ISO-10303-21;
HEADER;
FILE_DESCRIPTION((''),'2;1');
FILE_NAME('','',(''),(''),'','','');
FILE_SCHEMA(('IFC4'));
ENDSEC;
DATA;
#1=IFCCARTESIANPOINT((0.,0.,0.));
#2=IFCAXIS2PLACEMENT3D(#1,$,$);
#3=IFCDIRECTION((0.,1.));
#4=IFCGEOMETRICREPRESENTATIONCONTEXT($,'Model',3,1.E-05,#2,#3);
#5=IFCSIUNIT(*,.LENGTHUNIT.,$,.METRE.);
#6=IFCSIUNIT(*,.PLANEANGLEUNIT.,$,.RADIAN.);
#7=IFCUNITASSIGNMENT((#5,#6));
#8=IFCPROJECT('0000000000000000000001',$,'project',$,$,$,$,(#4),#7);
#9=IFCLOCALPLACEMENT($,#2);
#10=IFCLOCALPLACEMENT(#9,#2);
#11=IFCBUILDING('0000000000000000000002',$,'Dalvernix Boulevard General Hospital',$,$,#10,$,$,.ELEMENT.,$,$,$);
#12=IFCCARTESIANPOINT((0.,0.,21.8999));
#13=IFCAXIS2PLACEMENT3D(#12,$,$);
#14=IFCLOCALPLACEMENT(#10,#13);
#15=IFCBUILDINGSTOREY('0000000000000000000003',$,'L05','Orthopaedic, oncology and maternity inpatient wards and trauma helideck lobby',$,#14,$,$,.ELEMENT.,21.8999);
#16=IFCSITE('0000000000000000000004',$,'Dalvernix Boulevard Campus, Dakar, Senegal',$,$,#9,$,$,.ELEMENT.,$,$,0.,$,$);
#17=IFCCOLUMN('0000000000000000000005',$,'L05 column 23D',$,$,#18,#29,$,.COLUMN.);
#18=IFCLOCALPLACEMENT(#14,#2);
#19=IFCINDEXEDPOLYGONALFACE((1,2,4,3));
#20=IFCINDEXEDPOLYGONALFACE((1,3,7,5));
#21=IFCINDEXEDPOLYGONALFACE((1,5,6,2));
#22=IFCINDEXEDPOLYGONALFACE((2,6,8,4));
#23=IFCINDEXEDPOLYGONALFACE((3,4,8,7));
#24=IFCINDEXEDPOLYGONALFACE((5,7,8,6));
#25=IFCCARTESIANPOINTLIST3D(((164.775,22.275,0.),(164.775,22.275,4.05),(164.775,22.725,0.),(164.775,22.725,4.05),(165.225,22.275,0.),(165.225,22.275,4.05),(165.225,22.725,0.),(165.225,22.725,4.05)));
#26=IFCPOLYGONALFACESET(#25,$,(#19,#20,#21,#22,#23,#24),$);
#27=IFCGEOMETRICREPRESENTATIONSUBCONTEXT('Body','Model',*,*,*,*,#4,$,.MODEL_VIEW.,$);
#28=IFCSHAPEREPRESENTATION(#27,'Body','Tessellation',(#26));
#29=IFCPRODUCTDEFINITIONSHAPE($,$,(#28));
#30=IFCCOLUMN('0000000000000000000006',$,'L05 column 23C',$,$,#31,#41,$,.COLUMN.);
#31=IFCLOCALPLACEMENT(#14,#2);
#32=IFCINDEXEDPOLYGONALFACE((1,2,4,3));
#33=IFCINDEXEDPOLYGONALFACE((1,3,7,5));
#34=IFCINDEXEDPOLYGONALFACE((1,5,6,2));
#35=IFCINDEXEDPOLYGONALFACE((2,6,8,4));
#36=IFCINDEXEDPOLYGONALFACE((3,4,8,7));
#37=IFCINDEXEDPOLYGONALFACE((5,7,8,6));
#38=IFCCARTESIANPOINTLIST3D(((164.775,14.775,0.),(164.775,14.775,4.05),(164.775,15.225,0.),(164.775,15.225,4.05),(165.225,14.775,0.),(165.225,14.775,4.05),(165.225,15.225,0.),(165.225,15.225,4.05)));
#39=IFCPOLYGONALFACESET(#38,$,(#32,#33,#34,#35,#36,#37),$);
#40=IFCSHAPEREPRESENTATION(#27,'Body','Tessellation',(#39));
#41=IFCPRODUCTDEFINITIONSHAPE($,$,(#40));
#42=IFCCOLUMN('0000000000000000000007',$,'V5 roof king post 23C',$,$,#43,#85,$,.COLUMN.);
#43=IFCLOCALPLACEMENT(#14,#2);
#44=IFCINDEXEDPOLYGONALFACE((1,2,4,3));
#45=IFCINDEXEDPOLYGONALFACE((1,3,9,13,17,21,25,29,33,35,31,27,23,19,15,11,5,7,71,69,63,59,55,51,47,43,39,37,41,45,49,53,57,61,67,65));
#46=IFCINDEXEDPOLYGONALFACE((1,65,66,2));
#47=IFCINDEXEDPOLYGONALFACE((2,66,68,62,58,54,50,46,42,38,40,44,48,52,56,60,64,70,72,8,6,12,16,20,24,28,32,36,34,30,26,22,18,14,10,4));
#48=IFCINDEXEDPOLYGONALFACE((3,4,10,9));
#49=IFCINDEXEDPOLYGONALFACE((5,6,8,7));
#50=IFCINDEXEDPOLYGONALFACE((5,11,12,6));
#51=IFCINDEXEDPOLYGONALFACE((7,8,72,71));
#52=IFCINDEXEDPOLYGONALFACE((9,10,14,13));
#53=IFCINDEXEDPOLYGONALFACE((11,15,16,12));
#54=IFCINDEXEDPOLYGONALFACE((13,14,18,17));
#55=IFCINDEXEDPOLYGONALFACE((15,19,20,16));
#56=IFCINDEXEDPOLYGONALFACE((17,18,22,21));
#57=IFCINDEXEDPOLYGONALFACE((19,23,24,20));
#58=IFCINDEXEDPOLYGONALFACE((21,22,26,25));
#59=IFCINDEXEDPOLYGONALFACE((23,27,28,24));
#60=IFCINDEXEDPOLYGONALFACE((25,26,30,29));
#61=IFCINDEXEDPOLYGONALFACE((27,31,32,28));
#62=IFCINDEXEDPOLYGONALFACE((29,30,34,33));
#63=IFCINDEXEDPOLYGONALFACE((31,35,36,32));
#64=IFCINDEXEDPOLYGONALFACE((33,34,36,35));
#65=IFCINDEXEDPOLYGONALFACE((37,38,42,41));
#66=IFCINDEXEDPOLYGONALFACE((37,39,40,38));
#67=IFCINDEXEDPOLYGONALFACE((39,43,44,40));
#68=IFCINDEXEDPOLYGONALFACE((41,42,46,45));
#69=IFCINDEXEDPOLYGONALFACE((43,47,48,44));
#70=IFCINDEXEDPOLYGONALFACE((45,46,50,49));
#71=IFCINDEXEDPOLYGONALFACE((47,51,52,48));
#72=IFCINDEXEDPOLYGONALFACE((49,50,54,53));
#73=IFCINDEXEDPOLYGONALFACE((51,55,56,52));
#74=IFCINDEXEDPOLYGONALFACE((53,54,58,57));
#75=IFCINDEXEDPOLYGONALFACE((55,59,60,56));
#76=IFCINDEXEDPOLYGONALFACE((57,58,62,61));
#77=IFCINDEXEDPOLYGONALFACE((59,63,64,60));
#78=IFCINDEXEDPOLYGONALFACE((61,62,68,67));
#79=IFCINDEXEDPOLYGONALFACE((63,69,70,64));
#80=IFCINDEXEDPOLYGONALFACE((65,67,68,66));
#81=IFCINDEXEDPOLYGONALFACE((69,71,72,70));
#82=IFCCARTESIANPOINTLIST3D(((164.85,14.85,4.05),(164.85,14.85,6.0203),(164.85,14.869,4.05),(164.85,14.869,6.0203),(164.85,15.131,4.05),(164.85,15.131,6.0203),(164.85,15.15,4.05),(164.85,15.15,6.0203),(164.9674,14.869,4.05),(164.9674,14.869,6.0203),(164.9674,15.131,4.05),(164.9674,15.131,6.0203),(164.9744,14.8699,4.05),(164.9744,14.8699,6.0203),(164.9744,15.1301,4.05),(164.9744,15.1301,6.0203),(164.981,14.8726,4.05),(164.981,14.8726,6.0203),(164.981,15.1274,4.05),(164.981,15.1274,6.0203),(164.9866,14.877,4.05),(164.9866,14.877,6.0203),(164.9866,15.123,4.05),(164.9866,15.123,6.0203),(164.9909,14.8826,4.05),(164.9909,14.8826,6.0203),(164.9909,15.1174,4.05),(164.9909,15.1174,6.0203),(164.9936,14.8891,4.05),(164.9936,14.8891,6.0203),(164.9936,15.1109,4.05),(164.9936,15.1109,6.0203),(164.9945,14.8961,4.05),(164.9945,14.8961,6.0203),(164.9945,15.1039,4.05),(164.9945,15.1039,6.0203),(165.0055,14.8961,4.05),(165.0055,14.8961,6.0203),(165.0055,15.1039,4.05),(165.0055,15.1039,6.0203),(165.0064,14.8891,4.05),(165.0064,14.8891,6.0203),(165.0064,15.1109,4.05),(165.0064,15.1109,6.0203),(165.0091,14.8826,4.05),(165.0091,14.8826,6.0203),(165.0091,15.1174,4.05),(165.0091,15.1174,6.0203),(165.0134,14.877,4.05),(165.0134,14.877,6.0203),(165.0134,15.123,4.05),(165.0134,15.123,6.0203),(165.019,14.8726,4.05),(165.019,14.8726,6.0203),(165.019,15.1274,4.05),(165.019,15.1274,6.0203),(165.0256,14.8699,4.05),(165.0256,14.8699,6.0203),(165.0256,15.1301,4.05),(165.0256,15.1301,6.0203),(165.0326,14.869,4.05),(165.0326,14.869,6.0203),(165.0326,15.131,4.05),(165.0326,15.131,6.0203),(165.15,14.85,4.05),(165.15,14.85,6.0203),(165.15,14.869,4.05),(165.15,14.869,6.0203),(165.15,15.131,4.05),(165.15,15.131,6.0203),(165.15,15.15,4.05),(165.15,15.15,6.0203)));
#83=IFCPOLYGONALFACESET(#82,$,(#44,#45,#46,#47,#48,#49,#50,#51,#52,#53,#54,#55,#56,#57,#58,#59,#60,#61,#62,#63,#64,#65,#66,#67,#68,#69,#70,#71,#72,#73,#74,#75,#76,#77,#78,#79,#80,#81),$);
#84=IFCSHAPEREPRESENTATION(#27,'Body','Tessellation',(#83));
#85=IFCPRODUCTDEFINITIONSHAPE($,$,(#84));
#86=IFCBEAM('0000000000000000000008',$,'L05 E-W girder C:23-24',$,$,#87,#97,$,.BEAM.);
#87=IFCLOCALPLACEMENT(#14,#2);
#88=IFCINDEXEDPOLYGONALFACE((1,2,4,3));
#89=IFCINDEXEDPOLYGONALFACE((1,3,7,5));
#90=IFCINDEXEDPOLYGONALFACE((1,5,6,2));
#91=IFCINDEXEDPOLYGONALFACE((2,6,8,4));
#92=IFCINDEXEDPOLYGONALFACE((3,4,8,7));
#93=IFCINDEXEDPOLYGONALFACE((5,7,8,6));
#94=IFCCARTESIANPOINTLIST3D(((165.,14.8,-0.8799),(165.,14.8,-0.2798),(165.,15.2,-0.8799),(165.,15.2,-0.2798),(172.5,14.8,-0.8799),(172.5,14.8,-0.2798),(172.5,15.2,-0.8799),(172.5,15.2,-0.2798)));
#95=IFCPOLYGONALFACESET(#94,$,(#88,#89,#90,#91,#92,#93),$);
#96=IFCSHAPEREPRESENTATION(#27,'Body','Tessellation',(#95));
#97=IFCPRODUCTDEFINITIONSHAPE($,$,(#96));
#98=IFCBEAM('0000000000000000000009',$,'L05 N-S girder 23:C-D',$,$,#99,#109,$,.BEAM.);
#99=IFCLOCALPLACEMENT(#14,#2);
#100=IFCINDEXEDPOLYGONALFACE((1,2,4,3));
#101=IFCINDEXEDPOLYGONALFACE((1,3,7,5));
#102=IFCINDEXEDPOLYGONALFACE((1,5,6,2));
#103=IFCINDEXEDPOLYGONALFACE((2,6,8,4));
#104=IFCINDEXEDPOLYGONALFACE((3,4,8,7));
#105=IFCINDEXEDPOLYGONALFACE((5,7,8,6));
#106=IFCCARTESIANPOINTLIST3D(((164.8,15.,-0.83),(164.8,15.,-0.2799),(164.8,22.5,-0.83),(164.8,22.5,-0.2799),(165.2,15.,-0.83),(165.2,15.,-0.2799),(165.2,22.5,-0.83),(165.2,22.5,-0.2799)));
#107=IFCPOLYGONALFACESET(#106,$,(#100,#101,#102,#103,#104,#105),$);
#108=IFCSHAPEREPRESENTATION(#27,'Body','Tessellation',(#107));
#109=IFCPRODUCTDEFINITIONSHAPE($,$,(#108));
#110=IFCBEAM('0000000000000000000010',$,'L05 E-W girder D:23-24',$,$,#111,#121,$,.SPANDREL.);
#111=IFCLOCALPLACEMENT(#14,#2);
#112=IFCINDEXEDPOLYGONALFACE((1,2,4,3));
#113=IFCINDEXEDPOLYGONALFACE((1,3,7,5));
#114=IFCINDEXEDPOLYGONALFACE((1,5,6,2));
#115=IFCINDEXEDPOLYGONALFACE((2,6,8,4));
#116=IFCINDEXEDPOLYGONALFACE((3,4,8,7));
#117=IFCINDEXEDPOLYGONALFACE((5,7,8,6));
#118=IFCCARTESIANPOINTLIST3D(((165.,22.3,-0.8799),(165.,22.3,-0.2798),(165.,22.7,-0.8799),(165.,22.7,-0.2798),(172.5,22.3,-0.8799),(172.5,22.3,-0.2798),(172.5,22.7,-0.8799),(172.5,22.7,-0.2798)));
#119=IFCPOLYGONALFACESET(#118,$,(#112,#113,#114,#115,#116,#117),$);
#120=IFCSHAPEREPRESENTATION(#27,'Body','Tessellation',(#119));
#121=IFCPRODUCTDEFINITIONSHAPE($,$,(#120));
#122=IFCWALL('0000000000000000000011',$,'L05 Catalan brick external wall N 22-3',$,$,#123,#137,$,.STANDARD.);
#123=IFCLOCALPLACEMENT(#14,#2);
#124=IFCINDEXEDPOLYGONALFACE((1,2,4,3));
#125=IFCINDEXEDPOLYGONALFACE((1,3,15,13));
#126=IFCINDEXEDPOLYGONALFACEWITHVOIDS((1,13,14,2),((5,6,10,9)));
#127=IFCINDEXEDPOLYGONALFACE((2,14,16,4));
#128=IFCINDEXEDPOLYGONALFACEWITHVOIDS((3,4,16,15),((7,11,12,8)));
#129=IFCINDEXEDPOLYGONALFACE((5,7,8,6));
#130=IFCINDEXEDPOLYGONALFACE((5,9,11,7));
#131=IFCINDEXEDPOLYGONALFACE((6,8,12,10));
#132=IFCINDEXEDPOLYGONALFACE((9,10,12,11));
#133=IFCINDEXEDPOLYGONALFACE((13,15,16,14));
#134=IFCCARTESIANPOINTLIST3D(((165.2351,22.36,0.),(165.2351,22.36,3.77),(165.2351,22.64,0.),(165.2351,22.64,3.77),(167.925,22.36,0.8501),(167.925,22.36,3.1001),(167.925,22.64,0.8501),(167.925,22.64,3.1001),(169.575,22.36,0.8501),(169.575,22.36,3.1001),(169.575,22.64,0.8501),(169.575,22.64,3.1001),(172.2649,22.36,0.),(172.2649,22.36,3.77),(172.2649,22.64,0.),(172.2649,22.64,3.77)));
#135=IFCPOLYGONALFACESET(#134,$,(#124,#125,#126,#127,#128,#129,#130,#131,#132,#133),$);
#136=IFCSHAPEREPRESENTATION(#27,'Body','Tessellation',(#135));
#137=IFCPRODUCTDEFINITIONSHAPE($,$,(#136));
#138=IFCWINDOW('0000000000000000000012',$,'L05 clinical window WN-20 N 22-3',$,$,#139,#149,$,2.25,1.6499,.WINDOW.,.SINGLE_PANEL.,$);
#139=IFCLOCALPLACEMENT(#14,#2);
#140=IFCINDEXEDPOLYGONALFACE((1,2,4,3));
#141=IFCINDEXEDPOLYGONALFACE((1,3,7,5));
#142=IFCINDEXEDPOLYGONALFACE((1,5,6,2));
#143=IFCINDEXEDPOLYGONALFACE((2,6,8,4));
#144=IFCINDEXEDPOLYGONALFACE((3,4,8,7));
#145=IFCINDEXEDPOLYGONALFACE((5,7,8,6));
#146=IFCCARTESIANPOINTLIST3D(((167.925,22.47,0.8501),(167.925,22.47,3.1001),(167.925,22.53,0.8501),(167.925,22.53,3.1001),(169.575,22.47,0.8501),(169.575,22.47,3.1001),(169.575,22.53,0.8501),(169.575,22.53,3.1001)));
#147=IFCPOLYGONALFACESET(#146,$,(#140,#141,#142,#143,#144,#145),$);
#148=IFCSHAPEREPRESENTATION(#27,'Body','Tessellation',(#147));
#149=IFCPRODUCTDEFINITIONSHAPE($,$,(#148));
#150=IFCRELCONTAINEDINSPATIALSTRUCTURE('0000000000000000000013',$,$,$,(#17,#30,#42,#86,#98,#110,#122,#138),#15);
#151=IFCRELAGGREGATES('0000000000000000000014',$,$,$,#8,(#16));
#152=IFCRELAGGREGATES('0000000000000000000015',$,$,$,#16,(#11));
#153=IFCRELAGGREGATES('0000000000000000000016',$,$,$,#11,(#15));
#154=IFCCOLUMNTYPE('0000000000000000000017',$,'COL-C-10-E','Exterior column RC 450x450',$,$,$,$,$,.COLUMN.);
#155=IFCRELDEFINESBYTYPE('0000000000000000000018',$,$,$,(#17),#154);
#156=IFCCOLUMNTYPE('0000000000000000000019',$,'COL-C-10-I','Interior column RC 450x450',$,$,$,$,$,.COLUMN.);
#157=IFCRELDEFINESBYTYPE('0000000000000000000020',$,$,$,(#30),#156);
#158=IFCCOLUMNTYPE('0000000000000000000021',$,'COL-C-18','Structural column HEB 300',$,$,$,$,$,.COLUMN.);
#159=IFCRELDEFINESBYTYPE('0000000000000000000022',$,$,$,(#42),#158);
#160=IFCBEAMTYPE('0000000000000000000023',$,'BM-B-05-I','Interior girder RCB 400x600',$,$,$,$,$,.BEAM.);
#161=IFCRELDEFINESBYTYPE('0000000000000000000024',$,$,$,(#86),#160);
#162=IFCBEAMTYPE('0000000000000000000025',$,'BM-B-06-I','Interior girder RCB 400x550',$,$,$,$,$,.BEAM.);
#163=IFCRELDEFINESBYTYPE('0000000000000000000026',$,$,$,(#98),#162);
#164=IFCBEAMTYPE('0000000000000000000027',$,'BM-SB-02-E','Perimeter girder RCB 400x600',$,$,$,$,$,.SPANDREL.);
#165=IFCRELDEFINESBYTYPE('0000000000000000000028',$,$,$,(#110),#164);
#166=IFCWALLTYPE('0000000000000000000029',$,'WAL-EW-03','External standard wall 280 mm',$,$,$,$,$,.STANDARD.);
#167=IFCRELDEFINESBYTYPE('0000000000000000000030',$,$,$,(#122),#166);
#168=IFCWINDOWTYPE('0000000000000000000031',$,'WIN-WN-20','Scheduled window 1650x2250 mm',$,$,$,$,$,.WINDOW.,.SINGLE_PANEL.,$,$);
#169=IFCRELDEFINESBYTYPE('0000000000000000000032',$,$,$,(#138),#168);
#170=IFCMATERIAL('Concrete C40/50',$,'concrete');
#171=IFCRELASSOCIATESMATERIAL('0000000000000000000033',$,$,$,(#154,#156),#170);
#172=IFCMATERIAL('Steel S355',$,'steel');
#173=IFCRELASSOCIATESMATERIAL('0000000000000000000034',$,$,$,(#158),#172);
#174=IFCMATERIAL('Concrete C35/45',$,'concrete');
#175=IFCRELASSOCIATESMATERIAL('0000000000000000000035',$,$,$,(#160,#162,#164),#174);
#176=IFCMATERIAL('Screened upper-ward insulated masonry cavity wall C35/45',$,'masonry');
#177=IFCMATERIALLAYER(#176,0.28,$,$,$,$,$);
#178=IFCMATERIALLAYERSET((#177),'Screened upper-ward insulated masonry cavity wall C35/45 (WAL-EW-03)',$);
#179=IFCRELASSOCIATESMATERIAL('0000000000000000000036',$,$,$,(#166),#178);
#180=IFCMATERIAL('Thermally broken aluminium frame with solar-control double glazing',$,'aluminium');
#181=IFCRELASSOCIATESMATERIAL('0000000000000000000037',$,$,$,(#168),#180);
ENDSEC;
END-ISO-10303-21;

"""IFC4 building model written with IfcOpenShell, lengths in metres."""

from ifc_helpers import new_model, si_unit, direction, frame, frame_2d, origin, origin_2d, place, context, subcontext, project, spatial, rectangle, i_section, extrude, material, layer, layer_set, material_profile, profile_set, type_object, element, fill, save


model = new_model("IFC4")

# Units and contexts
model_context = context("Model", 3, precision=1e-05, world=origin(), true_north=direction((0.0, 1.0)))
body_context = subcontext(model_context, "Body", "Model", "MODEL_VIEW")
ifc_project = project(units=[si_unit("LENGTHUNIT", "METRE"), si_unit("PLANEANGLEUNIT", "RADIAN")], contexts=[model_context])

# Site, building, storey
site_placement = place(None, origin())
site = spatial("IfcSite", under=ifc_project, at=site_placement, Name="Dalvernix Boulevard Campus, Dakar, Senegal", CompositionType="ELEMENT", RefElevation=0.0)
building_placement = place(site_placement, origin())
building = spatial("IfcBuilding", under=site, at=building_placement, Name="Dalvernix Boulevard General Hospital", CompositionType="ELEMENT")
storey_placement = place(building_placement, frame((0.0, 0.0, 21.8999)))
storey = spatial("IfcBuildingStorey", under=building, at=storey_placement, Name="L05", Description="Orthopaedic, oncology and maternity inpatient wards and trauma helideck lobby", CompositionType="ELEMENT", Elevation=21.8999)

# Columns
ifc_material_1 = material(Name="Concrete C40/50", Category="concrete")
ifc_material_profile_1 = material_profile(ifc_material_1, rectangle(XDim=0.45, YDim=0.45, at=origin_2d()), Name="RC 450x450")
ifc_profile_set_1 = profile_set([ifc_material_profile_1], Name="Concrete C40/50")
column_type_1 = type_object("IfcColumnType", Name="COL-C-10-E", Description="Exterior column RC 450x450", PredefinedType="COLUMN", material=ifc_profile_set_1)
column_1_placement = place(storey_placement, frame((165.0, 22.5, 0.0), z_axis=(0.0, 0.0, 1.0), x_axis=(1.0, 0.0, 0.0)))
element("IfcColumn", 1, at=column_1_placement, inside=storey, type_object=column_type_1, Name="L05 column 23D", PredefinedType="COLUMN", context=body_context, shape_type="SweptSolid", body=[
    extrude(rectangle(XDim=0.45, YDim=0.45, at=origin_2d()), origin(), (0.0, 0.0, 1.0), 4.05),
])
ifc_material_profile_2 = material_profile(ifc_material_1, rectangle(XDim=0.45, YDim=0.45, at=origin_2d()), Name="RC 450x450")
ifc_profile_set_2 = profile_set([ifc_material_profile_2], Name="Concrete C40/50")
column_type_2 = type_object("IfcColumnType", Name="COL-C-10-I", Description="Interior column RC 450x450", PredefinedType="COLUMN", material=ifc_profile_set_2)
column_2_placement = place(storey_placement, frame((165.0, 15.0, 0.0), z_axis=(0.0, 0.0, 1.0), x_axis=(1.0, 0.0, 0.0)))
element("IfcColumn", 2, at=column_2_placement, inside=storey, type_object=column_type_2, Name="L05 column 23C", PredefinedType="COLUMN", context=body_context, shape_type="SweptSolid", body=[
    extrude(rectangle(XDim=0.45, YDim=0.45, at=origin_2d()), origin(), (0.0, 0.0, 1.0), 4.05),
])
ifc_material_2 = material(Name="Steel S355", Category="steel")
ifc_material_profile_3 = material_profile(ifc_material_2, i_section(OverallWidth=0.3, OverallDepth=0.3, WebThickness=0.011, FlangeThickness=0.019, FilletRadius=0.0271, at=origin_2d()), Name="HEB 300")
ifc_profile_set_3 = profile_set([ifc_material_profile_3], Name="Steel S355")
column_type_3 = type_object("IfcColumnType", Name="COL-C-18", Description="Structural column HEB 300", PredefinedType="COLUMN", material=ifc_profile_set_3)
column_3_placement = place(storey_placement, frame((165.0, 15.0, 4.05), z_axis=(0.0, 0.0, 1.0), x_axis=(1.0, 0.0, 0.0)))
element("IfcColumn", 3, at=column_3_placement, inside=storey, type_object=column_type_3, Name="V5 roof king post 23C", PredefinedType="COLUMN", context=body_context, shape_type="SweptSolid", body=[
    extrude(i_section(OverallWidth=0.3, OverallDepth=0.3, WebThickness=0.011, FlangeThickness=0.019, FilletRadius=0.0271, at=origin_2d()), origin(), (0.0, 0.0, 1.0), 1.9702),
])

# Beams
ifc_material_3 = material(Name="Concrete C35/45", Category="concrete")
ifc_material_profile_4 = material_profile(ifc_material_3, rectangle(XDim=0.3999, YDim=0.6001, at=origin_2d()), Name="RCB 400x600")
ifc_profile_set_4 = profile_set([ifc_material_profile_4], Name="Concrete C35/45")
beam_type_1 = type_object("IfcBeamType", Name="BM-B-05-I", Description="Interior girder RCB 400x600", PredefinedType="BEAM", material=ifc_profile_set_4)
beam_1_placement = place(storey_placement, frame((165.0, 15.0, -0.5798), z_axis=(1.0, 0.0, 0.0), x_axis=(0.0, 1.0, 0.0)))
element("IfcBeam", 4, at=beam_1_placement, inside=storey, type_object=beam_type_1, Name="L05 E-W girder C:23-24", PredefinedType="BEAM", context=body_context, shape_type="SweptSolid", body=[
    extrude(rectangle(XDim=0.3999, YDim=0.6001, at=origin_2d()), origin(), (0.0, 0.0, 1.0), 7.5),
])
ifc_material_profile_5 = material_profile(ifc_material_3, rectangle(XDim=0.3999, YDim=0.55, at=origin_2d()), Name="RCB 400x550")
ifc_profile_set_5 = profile_set([ifc_material_profile_5], Name="Concrete C35/45")
beam_type_2 = type_object("IfcBeamType", Name="BM-B-06-I", Description="Interior girder RCB 400x550", PredefinedType="BEAM", material=ifc_profile_set_5)
beam_2_placement = place(storey_placement, frame((165.0, 15.0, -0.5549), z_axis=(0.0, 1.0, 0.0), x_axis=(-1.0, 0.0, 0.0)))
element("IfcBeam", 5, at=beam_2_placement, inside=storey, type_object=beam_type_2, Name="L05 N-S girder 23:C-D", PredefinedType="BEAM", context=body_context, shape_type="SweptSolid", body=[
    extrude(rectangle(XDim=0.3999, YDim=0.55, at=origin_2d()), origin(), (0.0, 0.0, 1.0), 7.5),
])
ifc_material_profile_6 = material_profile(ifc_material_3, rectangle(XDim=0.3999, YDim=0.6001, at=origin_2d()), Name="RCB 400x600")
ifc_profile_set_6 = profile_set([ifc_material_profile_6], Name="Concrete C35/45")
beam_type_3 = type_object("IfcBeamType", Name="BM-SB-02-E", Description="Perimeter girder RCB 400x600", PredefinedType="SPANDREL", material=ifc_profile_set_6)
beam_3_placement = place(storey_placement, frame((165.0, 22.5, -0.5798), z_axis=(1.0, 0.0, 0.0), x_axis=(0.0, 1.0, 0.0)))
element("IfcBeam", 6, at=beam_3_placement, inside=storey, type_object=beam_type_3, Name="L05 E-W girder D:23-24", PredefinedType="SPANDREL", context=body_context, shape_type="SweptSolid", body=[
    extrude(rectangle(XDim=0.3999, YDim=0.6001, at=origin_2d()), origin(), (0.0, 0.0, 1.0), 7.5),
])

# Wall, opening, window
ifc_material_4 = material(Name="Screened upper-ward insulated masonry cavity wall C35/45", Category="masonry")
ifc_layer_1 = layer(ifc_material_4, 0.28)
ifc_layer_set_1 = layer_set([ifc_layer_1], Name="Screened upper-ward insulated masonry cavity wall C35/45 (WAL-EW-03)")
wall_type_1 = type_object("IfcWallType", Name="WAL-EW-03", Description="External standard wall 280 mm", PredefinedType="STANDARD", material=ifc_layer_set_1)
wall_1_placement = place(storey_placement, frame((165.2351, 22.5, 0.0), z_axis=(0.0, 0.0, 1.0), x_axis=(1.0, 0.0, 0.0)))
wall_1 = element("IfcWall", 7, at=wall_1_placement, inside=storey, type_object=wall_type_1, Name="L05 Catalan brick external wall N 22-3", PredefinedType="STANDARD", context=body_context, shape_type="SweptSolid", body=[
    extrude(rectangle(XDim=7.0298, YDim=0.28, at=frame_2d((3.5149, 0.0))), origin(), (0.0, 0.0, 1.0), 3.77),
])
opening_1_placement = place(wall_1_placement, frame((2.6899, 0.0, 0.8501)))
opening_1 = element("IfcOpeningElement", 8, at=opening_1_placement, cuts=wall_1, PredefinedType="OPENING", context=body_context, shape_type="SweptSolid", body=[
    extrude(rectangle(XDim=1.6499, YDim=2.25, at=frame_2d((0.825, 1.125))), frame((0.0, 0.1499, 0.0), z_axis=(0.0, -1.0, 0.0), x_axis=(1.0, 0.0, 0.0)), (0.0, 0.0, 1.0), 0.3),
])
ifc_material_5 = material(Name="Thermally broken aluminium frame with solar-control double glazing", Category="aluminium")
window_type = type_object("IfcWindowType", Name="WIN-WN-20", Description="Scheduled window 1650x2250 mm", PartitioningType="SINGLE_PANEL", PredefinedType="WINDOW", material=ifc_material_5)
window_placement = place(opening_1_placement, origin())
window = element("IfcWindow", 9, at=window_placement, inside=storey, type_object=window_type, Name="L05 clinical window WN-20 N 22-3", OverallHeight=2.25, OverallWidth=1.6499, PartitioningType="SINGLE_PANEL", PredefinedType="WINDOW", context=body_context, shape_type="SweptSolid", body=[
    extrude(rectangle(XDim=1.6499, YDim=2.25, at=frame_2d((0.825, 1.125))), frame((0.0, 0.03, 0.0), z_axis=(0.0, -1.0, 0.0), x_axis=(1.0, 0.0, 0.0)), (0.0, 0.0, 1.0), 0.0601),
])
fill(opening_1, window)

save(model, "model.ifc")
